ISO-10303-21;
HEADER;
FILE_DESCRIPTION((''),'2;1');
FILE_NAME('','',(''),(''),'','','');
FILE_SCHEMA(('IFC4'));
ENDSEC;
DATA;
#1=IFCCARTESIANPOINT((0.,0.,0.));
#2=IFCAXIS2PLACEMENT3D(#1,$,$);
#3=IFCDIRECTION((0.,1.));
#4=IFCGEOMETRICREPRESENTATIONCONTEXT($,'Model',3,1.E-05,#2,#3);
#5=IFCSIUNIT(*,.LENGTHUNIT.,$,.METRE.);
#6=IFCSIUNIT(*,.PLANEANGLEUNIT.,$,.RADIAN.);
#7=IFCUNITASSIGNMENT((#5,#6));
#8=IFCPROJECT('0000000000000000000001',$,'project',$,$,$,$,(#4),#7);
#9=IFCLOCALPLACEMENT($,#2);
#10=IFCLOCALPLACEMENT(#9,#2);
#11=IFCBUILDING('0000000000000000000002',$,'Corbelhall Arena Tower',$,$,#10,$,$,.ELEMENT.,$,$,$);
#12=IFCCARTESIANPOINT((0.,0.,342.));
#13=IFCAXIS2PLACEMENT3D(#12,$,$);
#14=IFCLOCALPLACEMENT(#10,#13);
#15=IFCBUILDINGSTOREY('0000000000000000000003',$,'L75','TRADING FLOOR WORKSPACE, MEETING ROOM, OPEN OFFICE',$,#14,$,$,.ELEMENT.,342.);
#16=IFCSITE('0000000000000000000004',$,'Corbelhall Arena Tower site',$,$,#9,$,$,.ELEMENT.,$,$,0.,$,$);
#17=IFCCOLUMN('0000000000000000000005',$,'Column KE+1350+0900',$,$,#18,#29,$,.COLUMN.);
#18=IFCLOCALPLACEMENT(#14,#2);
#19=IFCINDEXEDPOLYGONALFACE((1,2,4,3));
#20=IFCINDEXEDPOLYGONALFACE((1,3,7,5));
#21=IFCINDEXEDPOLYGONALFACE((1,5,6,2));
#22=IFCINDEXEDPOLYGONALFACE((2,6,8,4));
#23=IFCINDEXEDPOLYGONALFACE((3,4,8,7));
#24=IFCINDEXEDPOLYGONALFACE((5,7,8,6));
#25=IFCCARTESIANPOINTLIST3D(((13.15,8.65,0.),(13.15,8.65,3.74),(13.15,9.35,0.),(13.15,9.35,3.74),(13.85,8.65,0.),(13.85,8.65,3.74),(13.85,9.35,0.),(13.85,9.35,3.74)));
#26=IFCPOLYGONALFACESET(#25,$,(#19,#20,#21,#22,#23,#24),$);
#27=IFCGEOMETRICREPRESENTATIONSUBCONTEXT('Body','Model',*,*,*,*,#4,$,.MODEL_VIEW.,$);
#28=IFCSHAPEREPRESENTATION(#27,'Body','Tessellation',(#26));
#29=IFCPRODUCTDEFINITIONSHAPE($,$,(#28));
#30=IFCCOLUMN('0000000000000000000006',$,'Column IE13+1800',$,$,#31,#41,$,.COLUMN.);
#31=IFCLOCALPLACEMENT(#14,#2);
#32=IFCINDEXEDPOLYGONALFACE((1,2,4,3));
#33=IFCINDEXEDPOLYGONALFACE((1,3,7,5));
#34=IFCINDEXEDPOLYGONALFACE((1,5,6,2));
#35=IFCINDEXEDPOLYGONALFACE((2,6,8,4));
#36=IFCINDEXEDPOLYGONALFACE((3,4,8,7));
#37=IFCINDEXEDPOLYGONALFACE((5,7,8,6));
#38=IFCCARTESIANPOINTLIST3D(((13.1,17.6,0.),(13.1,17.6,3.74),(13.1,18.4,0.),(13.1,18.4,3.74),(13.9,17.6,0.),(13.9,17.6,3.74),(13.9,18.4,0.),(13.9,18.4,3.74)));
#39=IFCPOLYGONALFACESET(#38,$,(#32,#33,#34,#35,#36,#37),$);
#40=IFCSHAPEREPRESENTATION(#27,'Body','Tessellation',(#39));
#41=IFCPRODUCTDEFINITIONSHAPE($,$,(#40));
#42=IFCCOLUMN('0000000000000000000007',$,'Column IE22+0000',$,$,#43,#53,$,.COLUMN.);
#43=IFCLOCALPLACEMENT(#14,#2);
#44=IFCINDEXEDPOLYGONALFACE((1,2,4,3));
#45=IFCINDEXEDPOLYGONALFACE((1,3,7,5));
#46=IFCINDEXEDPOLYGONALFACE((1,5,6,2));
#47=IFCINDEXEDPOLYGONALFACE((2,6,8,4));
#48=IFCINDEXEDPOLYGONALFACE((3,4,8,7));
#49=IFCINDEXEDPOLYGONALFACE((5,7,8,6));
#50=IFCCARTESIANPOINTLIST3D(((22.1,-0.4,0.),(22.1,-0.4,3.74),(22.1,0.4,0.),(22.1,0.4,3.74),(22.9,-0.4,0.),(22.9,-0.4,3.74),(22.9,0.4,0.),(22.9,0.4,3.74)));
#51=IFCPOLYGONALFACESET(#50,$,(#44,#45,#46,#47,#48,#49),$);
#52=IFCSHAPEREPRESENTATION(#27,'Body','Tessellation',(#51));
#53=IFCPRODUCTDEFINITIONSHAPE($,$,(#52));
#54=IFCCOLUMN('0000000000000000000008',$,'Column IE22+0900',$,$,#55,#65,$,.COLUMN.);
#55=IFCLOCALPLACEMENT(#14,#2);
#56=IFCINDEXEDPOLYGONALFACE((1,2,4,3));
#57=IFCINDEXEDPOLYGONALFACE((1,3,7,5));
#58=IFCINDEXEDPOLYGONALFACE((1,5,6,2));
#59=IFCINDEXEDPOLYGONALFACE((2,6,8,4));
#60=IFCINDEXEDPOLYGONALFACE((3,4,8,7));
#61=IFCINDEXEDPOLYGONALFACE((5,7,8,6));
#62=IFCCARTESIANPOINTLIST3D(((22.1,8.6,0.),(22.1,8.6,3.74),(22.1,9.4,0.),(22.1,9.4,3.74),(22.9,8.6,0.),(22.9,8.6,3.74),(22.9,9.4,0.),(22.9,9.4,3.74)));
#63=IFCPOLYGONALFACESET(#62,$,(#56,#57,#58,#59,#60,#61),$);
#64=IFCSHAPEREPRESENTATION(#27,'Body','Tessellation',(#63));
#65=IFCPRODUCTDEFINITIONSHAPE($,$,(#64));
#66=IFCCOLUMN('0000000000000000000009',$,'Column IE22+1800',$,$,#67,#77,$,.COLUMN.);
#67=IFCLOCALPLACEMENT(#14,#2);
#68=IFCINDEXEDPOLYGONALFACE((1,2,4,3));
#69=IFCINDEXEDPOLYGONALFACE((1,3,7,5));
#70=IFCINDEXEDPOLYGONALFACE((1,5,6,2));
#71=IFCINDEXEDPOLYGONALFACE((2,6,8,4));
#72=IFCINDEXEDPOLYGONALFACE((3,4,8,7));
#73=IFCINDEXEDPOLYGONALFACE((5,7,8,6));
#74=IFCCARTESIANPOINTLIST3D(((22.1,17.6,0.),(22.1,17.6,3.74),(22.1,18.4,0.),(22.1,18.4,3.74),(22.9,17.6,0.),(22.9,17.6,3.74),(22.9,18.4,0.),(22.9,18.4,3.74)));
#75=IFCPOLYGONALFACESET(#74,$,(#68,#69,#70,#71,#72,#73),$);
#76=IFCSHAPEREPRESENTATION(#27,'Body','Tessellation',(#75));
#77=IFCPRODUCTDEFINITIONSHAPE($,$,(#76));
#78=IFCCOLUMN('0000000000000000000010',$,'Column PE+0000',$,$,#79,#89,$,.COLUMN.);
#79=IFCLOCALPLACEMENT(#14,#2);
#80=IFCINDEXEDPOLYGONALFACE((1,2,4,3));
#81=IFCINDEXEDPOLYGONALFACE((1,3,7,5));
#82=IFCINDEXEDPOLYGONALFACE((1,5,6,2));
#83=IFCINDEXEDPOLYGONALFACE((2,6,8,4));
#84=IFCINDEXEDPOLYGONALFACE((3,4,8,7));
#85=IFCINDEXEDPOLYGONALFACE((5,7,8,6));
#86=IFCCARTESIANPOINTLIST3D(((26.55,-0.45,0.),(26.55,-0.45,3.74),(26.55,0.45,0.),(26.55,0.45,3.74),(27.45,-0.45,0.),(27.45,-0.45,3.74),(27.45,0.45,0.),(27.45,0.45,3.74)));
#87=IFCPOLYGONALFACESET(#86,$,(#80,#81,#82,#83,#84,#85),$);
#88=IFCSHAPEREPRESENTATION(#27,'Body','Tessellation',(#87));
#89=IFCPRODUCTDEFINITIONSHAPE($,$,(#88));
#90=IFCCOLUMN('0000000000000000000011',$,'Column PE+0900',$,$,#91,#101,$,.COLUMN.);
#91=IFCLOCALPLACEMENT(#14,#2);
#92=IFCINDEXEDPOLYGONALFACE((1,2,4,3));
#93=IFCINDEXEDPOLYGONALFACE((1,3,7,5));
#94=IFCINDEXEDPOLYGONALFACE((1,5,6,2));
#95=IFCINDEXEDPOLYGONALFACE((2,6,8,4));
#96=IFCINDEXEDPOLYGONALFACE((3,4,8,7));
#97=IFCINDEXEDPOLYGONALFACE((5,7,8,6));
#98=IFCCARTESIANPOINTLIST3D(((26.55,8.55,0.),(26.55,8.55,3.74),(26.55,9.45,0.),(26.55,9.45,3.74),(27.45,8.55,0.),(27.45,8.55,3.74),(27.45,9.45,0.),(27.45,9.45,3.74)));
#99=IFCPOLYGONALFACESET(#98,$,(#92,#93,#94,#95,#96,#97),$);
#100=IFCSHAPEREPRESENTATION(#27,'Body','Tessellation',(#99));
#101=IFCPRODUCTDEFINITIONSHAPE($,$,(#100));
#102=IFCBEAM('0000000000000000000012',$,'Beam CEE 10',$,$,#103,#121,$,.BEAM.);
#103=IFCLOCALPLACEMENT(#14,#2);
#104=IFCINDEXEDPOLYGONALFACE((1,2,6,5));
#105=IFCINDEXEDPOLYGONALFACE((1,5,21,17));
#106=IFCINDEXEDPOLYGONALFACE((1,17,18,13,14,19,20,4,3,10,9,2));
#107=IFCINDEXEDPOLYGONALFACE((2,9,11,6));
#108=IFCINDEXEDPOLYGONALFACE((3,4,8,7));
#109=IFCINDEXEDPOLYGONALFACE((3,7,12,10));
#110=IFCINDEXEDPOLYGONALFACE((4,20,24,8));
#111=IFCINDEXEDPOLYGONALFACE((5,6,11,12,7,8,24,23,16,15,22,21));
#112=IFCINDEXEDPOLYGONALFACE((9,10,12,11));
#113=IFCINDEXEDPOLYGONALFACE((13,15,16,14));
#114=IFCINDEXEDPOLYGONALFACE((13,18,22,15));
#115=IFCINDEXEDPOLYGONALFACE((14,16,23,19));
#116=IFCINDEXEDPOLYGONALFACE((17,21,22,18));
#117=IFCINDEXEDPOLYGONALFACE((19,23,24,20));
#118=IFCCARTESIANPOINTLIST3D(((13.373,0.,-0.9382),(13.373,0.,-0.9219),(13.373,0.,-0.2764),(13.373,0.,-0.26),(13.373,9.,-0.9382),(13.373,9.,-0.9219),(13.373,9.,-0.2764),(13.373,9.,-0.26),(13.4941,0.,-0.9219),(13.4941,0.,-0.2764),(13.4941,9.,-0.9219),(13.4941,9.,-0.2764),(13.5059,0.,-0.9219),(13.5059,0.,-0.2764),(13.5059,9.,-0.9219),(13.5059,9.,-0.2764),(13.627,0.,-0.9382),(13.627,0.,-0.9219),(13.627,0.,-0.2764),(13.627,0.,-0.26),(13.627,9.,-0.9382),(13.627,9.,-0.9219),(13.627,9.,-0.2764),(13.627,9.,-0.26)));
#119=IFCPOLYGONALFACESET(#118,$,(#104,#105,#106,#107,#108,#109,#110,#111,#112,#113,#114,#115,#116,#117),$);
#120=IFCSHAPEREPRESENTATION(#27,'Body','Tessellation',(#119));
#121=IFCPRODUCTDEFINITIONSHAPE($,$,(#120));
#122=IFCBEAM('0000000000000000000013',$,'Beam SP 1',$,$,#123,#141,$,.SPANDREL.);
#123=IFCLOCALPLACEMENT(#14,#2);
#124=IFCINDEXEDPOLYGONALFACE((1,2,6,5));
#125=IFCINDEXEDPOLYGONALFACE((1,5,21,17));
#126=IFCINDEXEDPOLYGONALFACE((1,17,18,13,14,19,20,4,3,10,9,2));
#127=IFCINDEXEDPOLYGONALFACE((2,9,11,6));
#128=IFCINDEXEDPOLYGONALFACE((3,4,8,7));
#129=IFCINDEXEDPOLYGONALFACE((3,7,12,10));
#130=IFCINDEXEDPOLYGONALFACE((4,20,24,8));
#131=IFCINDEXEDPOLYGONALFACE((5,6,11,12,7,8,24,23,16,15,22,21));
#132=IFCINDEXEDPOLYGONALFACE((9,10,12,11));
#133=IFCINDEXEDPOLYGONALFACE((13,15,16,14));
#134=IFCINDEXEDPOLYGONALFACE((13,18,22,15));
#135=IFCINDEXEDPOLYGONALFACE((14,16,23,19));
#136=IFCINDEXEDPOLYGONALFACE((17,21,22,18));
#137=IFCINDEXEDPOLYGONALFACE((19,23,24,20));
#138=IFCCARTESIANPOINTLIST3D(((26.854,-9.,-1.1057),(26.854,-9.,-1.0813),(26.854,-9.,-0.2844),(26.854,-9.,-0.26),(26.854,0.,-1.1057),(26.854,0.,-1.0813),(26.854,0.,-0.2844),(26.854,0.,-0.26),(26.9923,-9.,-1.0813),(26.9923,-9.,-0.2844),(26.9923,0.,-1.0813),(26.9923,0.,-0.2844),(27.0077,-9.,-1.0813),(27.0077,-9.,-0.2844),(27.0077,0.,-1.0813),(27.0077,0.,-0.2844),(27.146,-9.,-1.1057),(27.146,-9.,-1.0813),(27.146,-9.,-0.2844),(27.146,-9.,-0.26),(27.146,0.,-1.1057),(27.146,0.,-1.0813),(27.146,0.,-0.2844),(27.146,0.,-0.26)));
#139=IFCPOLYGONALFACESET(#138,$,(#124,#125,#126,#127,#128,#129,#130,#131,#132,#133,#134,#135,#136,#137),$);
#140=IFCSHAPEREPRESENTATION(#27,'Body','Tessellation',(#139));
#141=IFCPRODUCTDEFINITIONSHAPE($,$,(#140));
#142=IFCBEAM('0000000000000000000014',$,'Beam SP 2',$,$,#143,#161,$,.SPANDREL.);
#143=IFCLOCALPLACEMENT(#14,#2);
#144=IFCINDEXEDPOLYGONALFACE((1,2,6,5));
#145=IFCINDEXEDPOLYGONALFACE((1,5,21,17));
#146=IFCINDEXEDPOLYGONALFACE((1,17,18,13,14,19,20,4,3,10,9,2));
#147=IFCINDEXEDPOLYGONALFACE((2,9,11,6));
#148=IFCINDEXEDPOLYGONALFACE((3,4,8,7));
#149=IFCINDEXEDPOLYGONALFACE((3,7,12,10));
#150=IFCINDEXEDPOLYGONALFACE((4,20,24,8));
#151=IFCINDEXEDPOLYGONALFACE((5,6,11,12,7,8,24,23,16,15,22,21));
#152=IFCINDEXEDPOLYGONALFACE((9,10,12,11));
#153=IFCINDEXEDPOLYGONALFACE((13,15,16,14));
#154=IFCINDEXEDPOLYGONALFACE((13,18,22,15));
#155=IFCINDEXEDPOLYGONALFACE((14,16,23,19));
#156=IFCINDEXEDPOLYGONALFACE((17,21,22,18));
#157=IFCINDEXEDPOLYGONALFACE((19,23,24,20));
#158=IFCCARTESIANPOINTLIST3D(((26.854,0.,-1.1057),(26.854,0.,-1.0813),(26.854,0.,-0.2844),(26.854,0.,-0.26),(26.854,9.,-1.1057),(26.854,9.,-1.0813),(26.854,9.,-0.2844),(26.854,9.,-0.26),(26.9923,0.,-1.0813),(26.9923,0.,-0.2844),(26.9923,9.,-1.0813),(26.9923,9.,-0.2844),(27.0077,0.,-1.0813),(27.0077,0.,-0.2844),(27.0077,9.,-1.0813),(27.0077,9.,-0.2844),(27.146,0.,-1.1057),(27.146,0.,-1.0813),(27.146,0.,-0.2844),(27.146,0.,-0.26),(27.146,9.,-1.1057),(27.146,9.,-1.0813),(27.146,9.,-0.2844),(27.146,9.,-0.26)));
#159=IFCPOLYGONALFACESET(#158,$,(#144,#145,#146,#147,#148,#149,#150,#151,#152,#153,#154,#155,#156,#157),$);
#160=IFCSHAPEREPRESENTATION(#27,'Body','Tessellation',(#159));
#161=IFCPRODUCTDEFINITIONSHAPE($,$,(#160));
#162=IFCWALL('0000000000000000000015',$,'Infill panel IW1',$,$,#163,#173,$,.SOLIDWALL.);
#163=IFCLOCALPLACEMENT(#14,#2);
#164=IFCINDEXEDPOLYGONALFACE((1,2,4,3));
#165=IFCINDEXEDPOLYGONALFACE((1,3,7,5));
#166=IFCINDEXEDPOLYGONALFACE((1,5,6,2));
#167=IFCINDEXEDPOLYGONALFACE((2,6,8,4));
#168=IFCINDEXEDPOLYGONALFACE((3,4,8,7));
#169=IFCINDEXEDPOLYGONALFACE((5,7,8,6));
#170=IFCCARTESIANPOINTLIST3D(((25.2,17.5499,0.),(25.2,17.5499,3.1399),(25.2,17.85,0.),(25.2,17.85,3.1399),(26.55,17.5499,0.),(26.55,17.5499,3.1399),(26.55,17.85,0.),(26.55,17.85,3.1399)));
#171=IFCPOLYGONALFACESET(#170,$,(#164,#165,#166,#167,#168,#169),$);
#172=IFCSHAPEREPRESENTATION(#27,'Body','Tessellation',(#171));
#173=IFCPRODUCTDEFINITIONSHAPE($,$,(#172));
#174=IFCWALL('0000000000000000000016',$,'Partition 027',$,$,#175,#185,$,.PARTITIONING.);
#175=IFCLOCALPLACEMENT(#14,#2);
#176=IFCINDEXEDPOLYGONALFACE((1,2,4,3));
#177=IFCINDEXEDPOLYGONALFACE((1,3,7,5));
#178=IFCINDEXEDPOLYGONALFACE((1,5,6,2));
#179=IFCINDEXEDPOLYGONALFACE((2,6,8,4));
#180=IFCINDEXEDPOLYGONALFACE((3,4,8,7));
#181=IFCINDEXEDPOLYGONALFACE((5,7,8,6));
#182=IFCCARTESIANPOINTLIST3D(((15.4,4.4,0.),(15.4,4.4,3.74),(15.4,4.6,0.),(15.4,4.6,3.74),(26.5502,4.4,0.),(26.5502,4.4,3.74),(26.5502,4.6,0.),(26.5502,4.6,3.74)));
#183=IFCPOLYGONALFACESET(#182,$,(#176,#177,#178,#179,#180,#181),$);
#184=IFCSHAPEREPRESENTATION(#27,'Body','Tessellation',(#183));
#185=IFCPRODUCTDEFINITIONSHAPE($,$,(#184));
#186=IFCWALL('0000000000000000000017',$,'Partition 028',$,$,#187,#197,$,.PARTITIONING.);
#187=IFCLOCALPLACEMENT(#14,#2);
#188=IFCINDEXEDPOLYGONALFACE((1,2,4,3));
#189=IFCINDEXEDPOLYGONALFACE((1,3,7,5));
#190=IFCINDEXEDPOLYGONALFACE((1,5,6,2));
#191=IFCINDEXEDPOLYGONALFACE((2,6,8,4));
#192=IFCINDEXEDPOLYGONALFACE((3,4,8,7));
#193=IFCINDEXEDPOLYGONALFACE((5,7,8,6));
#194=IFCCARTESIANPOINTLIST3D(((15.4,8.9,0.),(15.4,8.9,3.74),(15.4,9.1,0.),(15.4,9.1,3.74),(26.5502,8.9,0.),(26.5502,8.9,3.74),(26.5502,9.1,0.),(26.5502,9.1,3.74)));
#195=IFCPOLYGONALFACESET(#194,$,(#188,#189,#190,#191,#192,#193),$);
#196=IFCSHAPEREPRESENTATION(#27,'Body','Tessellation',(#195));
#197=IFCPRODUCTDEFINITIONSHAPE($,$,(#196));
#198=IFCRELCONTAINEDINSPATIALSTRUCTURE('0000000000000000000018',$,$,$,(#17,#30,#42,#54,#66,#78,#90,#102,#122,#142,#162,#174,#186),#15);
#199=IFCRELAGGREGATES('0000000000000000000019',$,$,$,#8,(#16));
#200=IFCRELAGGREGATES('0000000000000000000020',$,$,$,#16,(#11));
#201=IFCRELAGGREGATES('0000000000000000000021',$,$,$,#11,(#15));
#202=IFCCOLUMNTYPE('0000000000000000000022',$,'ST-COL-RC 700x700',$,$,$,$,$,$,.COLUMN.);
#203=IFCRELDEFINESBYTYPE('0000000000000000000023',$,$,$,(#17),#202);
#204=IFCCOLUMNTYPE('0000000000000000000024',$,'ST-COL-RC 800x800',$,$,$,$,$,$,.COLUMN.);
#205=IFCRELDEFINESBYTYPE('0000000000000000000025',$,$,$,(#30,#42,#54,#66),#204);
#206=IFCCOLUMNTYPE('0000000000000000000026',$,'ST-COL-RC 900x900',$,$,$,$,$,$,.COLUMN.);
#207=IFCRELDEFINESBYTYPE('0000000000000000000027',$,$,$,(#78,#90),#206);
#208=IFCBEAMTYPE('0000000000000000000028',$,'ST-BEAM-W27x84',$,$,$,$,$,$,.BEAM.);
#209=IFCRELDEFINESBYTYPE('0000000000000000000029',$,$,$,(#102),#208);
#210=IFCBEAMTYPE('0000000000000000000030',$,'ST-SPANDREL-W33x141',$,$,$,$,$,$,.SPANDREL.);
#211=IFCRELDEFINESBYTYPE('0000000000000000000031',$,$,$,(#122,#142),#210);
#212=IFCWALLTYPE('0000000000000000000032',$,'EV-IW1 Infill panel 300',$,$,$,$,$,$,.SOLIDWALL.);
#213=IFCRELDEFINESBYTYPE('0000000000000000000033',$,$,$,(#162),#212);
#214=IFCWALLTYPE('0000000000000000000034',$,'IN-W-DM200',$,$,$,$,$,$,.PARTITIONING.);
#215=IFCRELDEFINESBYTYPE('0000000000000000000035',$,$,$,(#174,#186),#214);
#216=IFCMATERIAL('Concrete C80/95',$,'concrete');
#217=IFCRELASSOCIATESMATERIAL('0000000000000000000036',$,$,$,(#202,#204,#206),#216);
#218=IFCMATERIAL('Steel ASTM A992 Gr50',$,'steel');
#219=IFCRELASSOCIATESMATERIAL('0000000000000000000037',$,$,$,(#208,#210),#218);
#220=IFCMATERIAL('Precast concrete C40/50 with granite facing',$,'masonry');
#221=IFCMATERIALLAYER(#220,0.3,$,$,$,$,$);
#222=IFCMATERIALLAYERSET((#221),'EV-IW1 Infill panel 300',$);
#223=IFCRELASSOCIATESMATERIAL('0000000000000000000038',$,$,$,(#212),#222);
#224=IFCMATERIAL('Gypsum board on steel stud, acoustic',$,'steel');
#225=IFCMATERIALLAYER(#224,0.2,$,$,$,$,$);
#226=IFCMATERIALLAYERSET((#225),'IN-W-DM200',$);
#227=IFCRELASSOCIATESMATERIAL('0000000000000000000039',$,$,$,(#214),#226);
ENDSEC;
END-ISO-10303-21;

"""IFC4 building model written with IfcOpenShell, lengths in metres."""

from ifc_helpers import new_model, si_unit, direction, frame, frame_2d, origin, origin_2d, place, context, subcontext, project, spatial, rectangle, i_section, extrude, material, layer, layer_set, material_profile, profile_set, type_object, element, save


model = new_model("IFC4")

# Units and contexts
model_context = context("Model", 3, precision=1e-05, world=origin(), true_north=direction((0.0, 1.0)))
body_context = subcontext(model_context, "Body", "Model", "MODEL_VIEW")
ifc_project = project(units=[si_unit("LENGTHUNIT", "METRE"), si_unit("PLANEANGLEUNIT", "RADIAN")], contexts=[model_context])

# Site, building, storey
site_placement = place(None, origin())
site = spatial("IfcSite", under=ifc_project, at=site_placement, Name="Corbelhall Arena Tower site", CompositionType="ELEMENT", RefElevation=0.0)
building_placement = place(site_placement, origin())
building = spatial("IfcBuilding", under=site, at=building_placement, Name="Corbelhall Arena Tower", CompositionType="ELEMENT")
storey_placement = place(building_placement, frame((0.0, 0.0, 342.0)))
storey = spatial("IfcBuildingStorey", under=building, at=storey_placement, Name="L75", Description="TRADING FLOOR WORKSPACE, MEETING ROOM, OPEN OFFICE", CompositionType="ELEMENT", Elevation=342.0)

# Columns
ifc_material_1 = material(Name="Concrete C80/95", Category="concrete")
ifc_material_profile_1 = material_profile(ifc_material_1, rectangle(XDim=0.7, YDim=0.7, at=origin_2d()))
ifc_profile_set_1 = profile_set([ifc_material_profile_1], Name="Concrete C80/95")
column_type_1 = type_object("IfcColumnType", Name="ST-COL-RC 700x700", PredefinedType="COLUMN", material=ifc_profile_set_1)
column_placement = place(storey_placement, frame((13.5, 9.0, 0.0), z_axis=(0.0, 0.0, 1.0), x_axis=(1.0, 0.0, 0.0)))
element("IfcColumn", 1, at=column_placement, inside=storey, type_object=column_type_1, Name="Column KE+1350+0900", PredefinedType="COLUMN", context=body_context, shape_type="SweptSolid", body=[
    extrude(rectangle(XDim=0.7, YDim=0.7, at=origin_2d()), origin(), (0.0, 0.0, 1.0), 3.74),
])
ifc_material_profile_2 = material_profile(ifc_material_1, rectangle(XDim=0.8, YDim=0.8, at=origin_2d()))
ifc_profile_set_2 = profile_set([ifc_material_profile_2], Name="Concrete C80/95")
column_type_2 = type_object("IfcColumnType", Name="ST-COL-RC 800x800", PredefinedType="COLUMN", material=ifc_profile_set_2)
for number, where, z_axis, x_axis, name in (
    (2, (13.5, 18.0, 0.0), (0.0, 0.0, 1.0), (1.0, 0.0, 0.0), "Column IE13+1800"),
    (3, (22.5, 0.0, 0.0), (0.0, 0.0, 1.0), (1.0, 0.0, 0.0), "Column IE22+0000"),
    (4, (22.5, 9.0, 0.0), (0.0, 0.0, 1.0), (1.0, 0.0, 0.0), "Column IE22+0900"),
    (5, (22.5, 18.0, 0.0), (0.0, 0.0, 1.0), (1.0, 0.0, 0.0), "Column IE22+1800"),
):
    element("IfcColumn", number, at=place(storey_placement, frame(where, z_axis=z_axis, x_axis=x_axis)), inside=storey, type_object=column_type_2, Name=name, PredefinedType="COLUMN", context=body_context, shape_type="SweptSolid", body=[
        extrude(rectangle(XDim=0.8, YDim=0.8, at=origin_2d()), origin(), (0.0, 0.0, 1.0), 3.74),
    ])
ifc_material_profile_3 = material_profile(ifc_material_1, rectangle(XDim=0.8999, YDim=0.8999, at=origin_2d()))
ifc_profile_set_3 = profile_set([ifc_material_profile_3], Name="Concrete C80/95")
column_type_3 = type_object("IfcColumnType", Name="ST-COL-RC 900x900", PredefinedType="COLUMN", material=ifc_profile_set_3)
for number, where, z_axis, x_axis, name in (
    (6, (27.0, 0.0, 0.0), (0.0, 0.0, 1.0), (0.0, 1.0, 0.0), "Column PE+0000"),
    (7, (27.0, 9.0, 0.0), (0.0, 0.0, 1.0), (0.0, 1.0, 0.0), "Column PE+0900"),
):
    element("IfcColumn", number, at=place(storey_placement, frame(where, z_axis=z_axis, x_axis=x_axis)), inside=storey, type_object=column_type_3, Name=name, PredefinedType="COLUMN", context=body_context, shape_type="SweptSolid", body=[
        extrude(rectangle(XDim=0.8999, YDim=0.8999, at=origin_2d()), origin(), (0.0, 0.0, 1.0), 3.74),
    ])

# Beams
ifc_material_2 = material(Name="Steel ASTM A992 Gr50", Category="steel")
ifc_material_profile_4 = material_profile(ifc_material_2, i_section(OverallWidth=0.2539, OverallDepth=0.6782, WebThickness=0.0117, FlangeThickness=0.0164, at=origin_2d()))
ifc_profile_set_4 = profile_set([ifc_material_profile_4], Name="Steel ASTM A992 Gr50")
beam_type_1 = type_object("IfcBeamType", Name="ST-BEAM-W27x84", PredefinedType="BEAM", material=ifc_profile_set_4)
beam_placement = place(storey_placement, frame((13.5, 0.0, -0.5991), z_axis=(0.0, 1.0, 0.0), x_axis=(-1.0, 0.0, 0.0)))
element("IfcBeam", 8, at=beam_placement, inside=storey, type_object=beam_type_1, Name="Beam CEE 10", PredefinedType="BEAM", context=body_context, shape_type="SweptSolid", body=[
    extrude(i_section(OverallWidth=0.2539, OverallDepth=0.6782, WebThickness=0.0117, FlangeThickness=0.0164, at=origin_2d()), origin(), (0.0, 0.0, 1.0), 9.0),
])
ifc_material_profile_5 = material_profile(ifc_material_2, i_section(OverallWidth=0.292, OverallDepth=0.8457, WebThickness=0.0154, FlangeThickness=0.0244, at=origin_2d()))
ifc_profile_set_5 = profile_set([ifc_material_profile_5], Name="Steel ASTM A992 Gr50")
beam_type_2 = type_object("IfcBeamType", Name="ST-SPANDREL-W33x141", PredefinedType="SPANDREL", material=ifc_profile_set_5)
for number, where, z_axis, x_axis, name in (
    (9, (27.0, 0.0, -0.6829), (0.0, -1.0, 0.0), (1.0, 0.0, 0.0), "Beam SP 1"),
    (10, (27.0, 9.0, -0.6829), (0.0, -1.0, 0.0), (1.0, 0.0, 0.0), "Beam SP 2"),
):
    element("IfcBeam", number, at=place(storey_placement, frame(where, z_axis=z_axis, x_axis=x_axis)), inside=storey, type_object=beam_type_2, Name=name, PredefinedType="SPANDREL", context=body_context, shape_type="SweptSolid", body=[
        extrude(i_section(OverallWidth=0.292, OverallDepth=0.8457, WebThickness=0.0154, FlangeThickness=0.0244, at=origin_2d()), origin(), (0.0, 0.0, 1.0), 9.0),
    ])

# Shared definitions
ifc_material_3 = material(Name="Precast concrete C40/50 with granite facing", Category="masonry")
ifc_layer_1 = layer(ifc_material_3, 0.3)
ifc_layer_set_1 = layer_set([ifc_layer_1], Name="EV-IW1 Infill panel 300")
wall_type_1 = type_object("IfcWallType", Name="EV-IW1 Infill panel 300", PredefinedType="SOLIDWALL", material=ifc_layer_set_1)

# Wall
wall_1_placement = place(storey_placement, frame((26.55, 17.7, 0.0), z_axis=(0.0, 0.0, 1.0), x_axis=(-1.0, 0.0, 0.0)))
element("IfcWall", 11, at=wall_1_placement, inside=storey, type_object=wall_type_1, Name="Infill panel IW1", PredefinedType="SOLIDWALL", context=body_context, shape_type="SweptSolid", body=[
    extrude(rectangle(XDim=1.3501, YDim=0.3, at=frame_2d((0.675, 0.0))), origin(), (0.0, 0.0, 1.0), 3.1399),
])

# Shared definitions
ifc_material_4 = material(Name="Gypsum board on steel stud, acoustic", Category="steel")
ifc_layer_2 = layer(ifc_material_4, 0.2)
ifc_layer_set_2 = layer_set([ifc_layer_2], Name="IN-W-DM200")
wall_type_2 = type_object("IfcWallType", Name="IN-W-DM200", PredefinedType="PARTITIONING", material=ifc_layer_set_2)

# Walls
for number, where, z_axis, x_axis, name in (
    (12, (15.3999, 4.5, 0.0), (0.0, 0.0, 1.0), (1.0, 0.0, 0.0), "Partition 027"),
    (13, (15.3999, 9.0, 0.0), (0.0, 0.0, 1.0), (1.0, 0.0, 0.0), "Partition 028"),
):
    element("IfcWall", number, at=place(storey_placement, frame(where, z_axis=z_axis, x_axis=x_axis)), inside=storey, type_object=wall_type_2, Name=name, PredefinedType="PARTITIONING", context=body_context, shape_type="SweptSolid", body=[
        extrude(rectangle(XDim=11.1501, YDim=0.2, at=frame_2d((5.5752, 0.0))), origin(), (0.0, 0.0, 1.0), 3.74),
    ])

save(model, "model.ifc")
